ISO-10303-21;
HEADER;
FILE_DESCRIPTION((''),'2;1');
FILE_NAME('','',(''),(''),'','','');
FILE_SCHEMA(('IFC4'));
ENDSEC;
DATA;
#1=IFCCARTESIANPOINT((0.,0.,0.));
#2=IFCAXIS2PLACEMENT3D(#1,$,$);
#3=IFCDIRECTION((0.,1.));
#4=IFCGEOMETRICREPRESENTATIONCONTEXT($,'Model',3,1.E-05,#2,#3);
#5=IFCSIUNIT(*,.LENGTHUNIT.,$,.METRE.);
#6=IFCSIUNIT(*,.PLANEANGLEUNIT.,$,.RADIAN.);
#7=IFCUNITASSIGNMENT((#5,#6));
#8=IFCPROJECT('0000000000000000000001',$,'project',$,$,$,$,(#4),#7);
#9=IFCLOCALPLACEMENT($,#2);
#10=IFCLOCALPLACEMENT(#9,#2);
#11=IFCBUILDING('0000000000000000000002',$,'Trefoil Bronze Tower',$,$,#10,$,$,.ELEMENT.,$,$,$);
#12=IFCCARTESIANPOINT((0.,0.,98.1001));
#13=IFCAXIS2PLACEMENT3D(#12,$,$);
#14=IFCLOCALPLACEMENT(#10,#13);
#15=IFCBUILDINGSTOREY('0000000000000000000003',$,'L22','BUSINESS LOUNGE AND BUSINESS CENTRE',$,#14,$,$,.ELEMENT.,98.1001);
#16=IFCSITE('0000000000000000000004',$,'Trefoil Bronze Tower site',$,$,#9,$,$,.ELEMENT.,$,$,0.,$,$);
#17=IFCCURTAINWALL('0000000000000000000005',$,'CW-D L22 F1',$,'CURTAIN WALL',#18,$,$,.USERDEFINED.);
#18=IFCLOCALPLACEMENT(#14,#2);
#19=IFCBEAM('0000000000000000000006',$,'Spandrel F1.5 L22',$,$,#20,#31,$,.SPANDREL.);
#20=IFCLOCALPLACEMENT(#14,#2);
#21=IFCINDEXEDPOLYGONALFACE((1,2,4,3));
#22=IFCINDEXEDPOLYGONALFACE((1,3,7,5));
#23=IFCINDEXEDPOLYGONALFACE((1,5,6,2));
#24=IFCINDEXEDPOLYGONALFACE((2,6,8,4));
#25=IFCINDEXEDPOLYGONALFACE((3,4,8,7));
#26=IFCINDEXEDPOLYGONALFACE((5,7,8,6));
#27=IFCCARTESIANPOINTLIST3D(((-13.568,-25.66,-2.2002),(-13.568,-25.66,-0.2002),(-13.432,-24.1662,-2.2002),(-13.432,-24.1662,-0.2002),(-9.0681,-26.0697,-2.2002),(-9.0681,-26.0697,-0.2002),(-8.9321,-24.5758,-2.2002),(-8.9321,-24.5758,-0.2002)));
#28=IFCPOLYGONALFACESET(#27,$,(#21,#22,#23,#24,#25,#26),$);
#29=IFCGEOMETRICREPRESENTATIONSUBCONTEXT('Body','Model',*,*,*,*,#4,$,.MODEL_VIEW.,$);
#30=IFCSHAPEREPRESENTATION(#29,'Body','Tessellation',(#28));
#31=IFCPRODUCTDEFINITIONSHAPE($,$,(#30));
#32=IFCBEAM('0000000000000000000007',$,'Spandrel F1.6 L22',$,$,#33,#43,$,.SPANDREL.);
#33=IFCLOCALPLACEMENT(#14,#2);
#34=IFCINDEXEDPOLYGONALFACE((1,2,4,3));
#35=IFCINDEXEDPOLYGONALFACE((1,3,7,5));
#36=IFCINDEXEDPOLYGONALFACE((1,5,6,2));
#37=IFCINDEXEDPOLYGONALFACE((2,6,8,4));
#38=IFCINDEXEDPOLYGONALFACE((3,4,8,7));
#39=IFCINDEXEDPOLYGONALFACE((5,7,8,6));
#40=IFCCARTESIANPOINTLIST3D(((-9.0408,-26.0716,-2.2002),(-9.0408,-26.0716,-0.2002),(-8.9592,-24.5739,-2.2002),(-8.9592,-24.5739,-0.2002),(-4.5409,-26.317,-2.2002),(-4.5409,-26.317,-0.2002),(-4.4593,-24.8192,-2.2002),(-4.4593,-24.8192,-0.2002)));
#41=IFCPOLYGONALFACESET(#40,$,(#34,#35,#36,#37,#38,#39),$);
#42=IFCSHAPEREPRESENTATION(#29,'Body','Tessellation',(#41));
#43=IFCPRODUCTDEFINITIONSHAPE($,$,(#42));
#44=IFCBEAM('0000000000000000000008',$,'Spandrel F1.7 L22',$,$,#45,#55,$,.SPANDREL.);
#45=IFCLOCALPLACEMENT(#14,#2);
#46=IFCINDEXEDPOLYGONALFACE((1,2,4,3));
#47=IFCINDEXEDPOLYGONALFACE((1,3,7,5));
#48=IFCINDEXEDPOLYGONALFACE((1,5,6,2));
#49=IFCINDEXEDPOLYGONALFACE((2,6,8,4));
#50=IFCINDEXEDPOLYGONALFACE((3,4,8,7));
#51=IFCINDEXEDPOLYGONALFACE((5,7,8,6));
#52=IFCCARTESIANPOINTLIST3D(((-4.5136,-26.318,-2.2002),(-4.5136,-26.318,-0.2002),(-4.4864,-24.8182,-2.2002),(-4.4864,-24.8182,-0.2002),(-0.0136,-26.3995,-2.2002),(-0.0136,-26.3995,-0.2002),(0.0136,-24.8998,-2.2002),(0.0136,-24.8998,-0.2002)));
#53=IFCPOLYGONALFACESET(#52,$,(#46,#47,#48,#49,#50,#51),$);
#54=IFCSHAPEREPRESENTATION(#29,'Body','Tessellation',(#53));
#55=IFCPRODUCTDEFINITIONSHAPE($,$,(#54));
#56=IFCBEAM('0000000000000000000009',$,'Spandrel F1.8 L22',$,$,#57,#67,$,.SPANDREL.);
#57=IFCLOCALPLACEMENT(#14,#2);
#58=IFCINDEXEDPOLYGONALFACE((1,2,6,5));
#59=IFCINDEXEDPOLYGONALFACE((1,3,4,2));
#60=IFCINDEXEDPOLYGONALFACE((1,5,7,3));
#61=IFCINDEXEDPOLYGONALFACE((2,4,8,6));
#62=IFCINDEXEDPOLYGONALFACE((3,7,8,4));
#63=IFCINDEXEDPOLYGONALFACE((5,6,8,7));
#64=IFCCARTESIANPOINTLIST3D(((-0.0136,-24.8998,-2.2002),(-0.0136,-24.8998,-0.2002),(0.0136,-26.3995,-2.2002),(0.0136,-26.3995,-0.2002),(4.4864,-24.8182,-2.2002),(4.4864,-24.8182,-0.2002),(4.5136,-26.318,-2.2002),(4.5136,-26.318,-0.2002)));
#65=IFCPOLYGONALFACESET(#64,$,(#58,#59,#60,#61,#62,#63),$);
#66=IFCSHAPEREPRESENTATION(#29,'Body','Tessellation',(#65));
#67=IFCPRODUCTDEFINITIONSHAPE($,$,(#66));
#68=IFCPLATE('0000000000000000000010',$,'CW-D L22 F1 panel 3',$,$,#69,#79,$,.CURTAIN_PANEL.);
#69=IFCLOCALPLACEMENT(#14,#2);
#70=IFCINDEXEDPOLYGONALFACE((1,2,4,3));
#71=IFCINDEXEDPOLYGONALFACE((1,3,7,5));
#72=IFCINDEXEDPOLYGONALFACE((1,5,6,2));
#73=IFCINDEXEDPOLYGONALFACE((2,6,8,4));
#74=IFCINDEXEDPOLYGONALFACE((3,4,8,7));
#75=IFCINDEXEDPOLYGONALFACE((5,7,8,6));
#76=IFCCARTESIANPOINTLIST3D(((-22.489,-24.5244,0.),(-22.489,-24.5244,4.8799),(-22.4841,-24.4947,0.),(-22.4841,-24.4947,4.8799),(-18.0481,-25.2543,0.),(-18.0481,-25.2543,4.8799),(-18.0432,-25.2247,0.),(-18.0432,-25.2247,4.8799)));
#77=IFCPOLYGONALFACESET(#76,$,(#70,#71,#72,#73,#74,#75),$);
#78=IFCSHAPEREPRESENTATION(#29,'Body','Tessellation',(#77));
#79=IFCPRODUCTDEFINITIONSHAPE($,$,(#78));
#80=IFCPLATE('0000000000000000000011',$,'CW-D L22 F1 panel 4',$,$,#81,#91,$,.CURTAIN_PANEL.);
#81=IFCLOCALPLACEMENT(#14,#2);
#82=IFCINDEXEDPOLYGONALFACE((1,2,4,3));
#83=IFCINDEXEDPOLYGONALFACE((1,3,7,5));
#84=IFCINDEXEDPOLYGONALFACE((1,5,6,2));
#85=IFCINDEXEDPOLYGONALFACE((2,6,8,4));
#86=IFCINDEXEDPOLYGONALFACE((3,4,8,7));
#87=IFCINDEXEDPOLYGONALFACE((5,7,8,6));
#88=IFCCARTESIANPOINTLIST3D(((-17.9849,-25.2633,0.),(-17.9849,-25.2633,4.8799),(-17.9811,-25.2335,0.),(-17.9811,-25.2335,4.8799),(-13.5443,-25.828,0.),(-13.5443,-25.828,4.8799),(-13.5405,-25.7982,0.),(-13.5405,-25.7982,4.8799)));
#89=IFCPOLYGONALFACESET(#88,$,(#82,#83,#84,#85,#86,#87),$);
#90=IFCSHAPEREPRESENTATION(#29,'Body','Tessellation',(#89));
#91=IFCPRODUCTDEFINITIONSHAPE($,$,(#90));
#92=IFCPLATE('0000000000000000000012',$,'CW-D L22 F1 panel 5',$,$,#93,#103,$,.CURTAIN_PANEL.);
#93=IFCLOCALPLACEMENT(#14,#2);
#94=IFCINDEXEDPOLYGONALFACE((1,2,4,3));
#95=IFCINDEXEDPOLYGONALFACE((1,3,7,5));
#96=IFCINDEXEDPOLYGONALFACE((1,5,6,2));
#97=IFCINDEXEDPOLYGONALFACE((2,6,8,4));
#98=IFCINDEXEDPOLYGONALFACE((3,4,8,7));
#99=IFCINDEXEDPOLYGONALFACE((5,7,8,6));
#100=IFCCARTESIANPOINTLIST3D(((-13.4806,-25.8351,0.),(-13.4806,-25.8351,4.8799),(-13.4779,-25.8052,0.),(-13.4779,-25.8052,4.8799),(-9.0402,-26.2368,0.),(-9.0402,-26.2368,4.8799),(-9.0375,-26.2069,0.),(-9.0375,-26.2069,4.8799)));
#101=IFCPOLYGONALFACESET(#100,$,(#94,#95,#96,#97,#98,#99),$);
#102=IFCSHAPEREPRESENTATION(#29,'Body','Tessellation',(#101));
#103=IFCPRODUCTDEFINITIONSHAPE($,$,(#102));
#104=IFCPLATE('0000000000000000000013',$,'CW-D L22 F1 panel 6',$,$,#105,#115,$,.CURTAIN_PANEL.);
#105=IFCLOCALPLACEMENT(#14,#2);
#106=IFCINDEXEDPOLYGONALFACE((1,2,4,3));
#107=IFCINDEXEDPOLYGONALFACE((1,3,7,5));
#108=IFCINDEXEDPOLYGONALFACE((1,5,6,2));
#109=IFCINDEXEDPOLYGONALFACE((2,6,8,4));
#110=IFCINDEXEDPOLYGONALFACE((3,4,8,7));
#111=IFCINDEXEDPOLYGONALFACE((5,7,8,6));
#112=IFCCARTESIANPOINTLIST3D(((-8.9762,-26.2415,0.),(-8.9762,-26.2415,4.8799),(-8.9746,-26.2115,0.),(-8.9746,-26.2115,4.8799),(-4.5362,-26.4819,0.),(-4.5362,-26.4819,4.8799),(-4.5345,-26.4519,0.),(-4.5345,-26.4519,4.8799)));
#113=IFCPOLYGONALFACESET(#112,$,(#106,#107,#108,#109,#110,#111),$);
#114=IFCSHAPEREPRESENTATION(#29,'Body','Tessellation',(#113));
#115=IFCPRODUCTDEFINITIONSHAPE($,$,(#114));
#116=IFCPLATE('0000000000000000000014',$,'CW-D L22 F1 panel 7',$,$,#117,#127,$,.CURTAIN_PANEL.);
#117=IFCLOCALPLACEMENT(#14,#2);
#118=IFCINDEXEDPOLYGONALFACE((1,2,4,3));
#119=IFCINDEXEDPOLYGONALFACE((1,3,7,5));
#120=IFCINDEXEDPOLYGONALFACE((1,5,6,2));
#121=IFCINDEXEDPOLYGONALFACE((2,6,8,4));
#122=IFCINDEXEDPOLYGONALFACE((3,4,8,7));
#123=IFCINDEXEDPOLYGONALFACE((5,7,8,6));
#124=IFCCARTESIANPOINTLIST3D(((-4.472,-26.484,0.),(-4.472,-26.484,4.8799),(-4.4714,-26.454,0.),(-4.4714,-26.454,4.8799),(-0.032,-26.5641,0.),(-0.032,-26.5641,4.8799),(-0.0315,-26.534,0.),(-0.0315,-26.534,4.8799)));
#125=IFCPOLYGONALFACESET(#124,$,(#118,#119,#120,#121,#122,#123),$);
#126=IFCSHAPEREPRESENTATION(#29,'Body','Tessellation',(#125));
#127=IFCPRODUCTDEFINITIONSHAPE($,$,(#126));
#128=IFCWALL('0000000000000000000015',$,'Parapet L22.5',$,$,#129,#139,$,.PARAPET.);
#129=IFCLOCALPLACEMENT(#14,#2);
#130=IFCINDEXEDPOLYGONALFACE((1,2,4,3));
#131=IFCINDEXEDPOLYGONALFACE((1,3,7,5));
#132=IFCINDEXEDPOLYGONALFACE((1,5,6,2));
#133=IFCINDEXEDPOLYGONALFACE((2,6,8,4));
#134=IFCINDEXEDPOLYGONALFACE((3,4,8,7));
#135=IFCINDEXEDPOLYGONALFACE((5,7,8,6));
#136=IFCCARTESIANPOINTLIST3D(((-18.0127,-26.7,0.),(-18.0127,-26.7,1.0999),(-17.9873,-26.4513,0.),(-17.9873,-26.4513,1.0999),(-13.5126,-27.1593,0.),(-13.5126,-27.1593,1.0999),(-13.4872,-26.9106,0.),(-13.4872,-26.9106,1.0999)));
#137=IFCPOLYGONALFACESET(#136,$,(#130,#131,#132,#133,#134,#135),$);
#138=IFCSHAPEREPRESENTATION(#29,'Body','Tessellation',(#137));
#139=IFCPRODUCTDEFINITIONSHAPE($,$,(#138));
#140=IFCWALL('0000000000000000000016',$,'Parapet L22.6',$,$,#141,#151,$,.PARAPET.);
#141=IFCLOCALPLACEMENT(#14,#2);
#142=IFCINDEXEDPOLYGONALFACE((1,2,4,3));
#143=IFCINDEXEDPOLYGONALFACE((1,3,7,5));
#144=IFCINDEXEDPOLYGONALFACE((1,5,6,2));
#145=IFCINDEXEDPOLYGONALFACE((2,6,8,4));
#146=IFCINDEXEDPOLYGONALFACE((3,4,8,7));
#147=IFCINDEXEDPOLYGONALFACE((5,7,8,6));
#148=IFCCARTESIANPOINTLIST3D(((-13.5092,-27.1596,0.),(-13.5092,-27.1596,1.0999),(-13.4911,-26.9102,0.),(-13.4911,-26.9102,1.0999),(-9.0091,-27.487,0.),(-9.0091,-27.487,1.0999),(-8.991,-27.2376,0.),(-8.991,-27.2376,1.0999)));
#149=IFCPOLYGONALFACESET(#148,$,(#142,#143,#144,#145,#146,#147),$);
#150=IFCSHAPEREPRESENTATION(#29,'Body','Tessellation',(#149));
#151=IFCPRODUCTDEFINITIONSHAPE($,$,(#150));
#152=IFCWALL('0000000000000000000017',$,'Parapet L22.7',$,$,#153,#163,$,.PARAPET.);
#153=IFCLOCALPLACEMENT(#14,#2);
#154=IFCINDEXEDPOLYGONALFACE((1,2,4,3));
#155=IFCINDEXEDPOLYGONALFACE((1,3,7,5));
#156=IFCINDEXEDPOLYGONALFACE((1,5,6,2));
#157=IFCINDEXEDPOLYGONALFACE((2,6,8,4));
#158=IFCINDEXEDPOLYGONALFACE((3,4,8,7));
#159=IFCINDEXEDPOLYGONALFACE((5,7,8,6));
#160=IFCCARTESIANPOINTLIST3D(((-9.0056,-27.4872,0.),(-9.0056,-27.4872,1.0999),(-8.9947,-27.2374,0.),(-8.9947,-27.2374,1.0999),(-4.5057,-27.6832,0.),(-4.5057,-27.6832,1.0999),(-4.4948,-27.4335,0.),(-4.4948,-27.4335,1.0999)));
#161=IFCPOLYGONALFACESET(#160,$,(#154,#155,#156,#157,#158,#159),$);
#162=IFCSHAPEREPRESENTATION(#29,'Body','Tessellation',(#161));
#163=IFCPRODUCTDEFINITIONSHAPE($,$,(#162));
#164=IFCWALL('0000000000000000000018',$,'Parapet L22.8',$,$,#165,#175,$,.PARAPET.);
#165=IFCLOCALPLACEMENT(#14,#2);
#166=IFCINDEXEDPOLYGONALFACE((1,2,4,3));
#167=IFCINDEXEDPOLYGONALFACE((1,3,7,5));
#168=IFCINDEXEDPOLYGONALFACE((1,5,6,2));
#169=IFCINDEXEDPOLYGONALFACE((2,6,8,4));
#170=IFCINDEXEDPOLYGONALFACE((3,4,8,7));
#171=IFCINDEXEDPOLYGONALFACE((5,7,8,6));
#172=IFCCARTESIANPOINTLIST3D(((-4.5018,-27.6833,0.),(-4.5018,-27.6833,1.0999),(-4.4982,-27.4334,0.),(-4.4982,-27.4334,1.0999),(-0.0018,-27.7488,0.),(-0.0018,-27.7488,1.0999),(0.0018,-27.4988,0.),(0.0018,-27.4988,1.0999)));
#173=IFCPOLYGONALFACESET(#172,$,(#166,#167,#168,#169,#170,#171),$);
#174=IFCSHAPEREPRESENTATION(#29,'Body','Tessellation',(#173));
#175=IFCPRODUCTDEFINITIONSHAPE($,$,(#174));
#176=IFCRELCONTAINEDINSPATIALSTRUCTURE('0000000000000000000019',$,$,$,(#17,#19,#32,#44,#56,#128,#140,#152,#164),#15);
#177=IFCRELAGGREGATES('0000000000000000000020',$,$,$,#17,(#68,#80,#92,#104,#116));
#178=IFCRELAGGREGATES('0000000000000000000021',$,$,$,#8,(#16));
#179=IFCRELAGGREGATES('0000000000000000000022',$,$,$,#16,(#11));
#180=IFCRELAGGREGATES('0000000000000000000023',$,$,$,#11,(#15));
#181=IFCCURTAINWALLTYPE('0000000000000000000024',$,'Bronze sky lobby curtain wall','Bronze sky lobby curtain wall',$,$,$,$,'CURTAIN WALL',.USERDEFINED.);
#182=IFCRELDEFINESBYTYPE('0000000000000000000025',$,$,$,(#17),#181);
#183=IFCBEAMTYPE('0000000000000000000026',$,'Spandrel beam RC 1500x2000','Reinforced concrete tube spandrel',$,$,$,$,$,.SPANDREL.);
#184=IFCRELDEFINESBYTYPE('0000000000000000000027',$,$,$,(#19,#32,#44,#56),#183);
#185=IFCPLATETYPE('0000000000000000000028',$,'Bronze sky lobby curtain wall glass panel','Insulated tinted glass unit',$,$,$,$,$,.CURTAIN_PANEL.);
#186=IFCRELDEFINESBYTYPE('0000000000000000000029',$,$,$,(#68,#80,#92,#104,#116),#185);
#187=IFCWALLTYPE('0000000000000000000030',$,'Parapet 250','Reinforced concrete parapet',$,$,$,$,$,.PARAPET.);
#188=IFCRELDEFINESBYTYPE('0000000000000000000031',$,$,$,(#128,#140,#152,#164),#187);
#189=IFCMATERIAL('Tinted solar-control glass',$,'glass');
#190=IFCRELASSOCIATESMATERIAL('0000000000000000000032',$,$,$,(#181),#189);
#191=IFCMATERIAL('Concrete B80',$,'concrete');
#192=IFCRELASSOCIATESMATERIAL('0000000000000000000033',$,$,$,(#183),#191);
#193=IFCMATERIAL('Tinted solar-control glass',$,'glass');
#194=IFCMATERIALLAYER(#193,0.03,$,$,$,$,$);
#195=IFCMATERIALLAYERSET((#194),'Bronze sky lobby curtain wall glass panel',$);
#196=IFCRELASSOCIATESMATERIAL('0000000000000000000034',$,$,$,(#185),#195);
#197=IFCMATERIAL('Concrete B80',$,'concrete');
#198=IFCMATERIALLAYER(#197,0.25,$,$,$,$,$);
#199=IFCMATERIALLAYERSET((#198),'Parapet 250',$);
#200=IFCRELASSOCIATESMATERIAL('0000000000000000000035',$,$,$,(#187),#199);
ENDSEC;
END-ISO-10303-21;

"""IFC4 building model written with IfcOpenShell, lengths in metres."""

from ifc_helpers import new_model, si_unit, direction, frame, frame_2d, origin, origin_2d, place, context, subcontext, project, spatial, rectangle, extrude, material, layer, layer_set, material_profile, profile_set, type_object, element, aggregate, save


model = new_model("IFC4")

# Units and contexts
model_context = context("Model", 3, precision=1e-05, world=origin(), true_north=direction((0.0, 1.0)))
body_context = subcontext(model_context, "Body", "Model", "MODEL_VIEW")
ifc_project = project(units=[si_unit("LENGTHUNIT", "METRE"), si_unit("PLANEANGLEUNIT", "RADIAN")], contexts=[model_context])

# Site, building, storey
site_placement = place(None, origin())
site = spatial("IfcSite", under=ifc_project, at=site_placement, Name="Trefoil Bronze Tower site", CompositionType="ELEMENT", RefElevation=0.0)
building_placement = place(site_placement, origin())
building = spatial("IfcBuilding", under=site, at=building_placement, Name="Trefoil Bronze Tower", CompositionType="ELEMENT")
storey_placement = place(building_placement, frame((0.0, 0.0, 98.1001)))
storey = spatial("IfcBuildingStorey", under=building, at=storey_placement, Name="L22", Description="BUSINESS LOUNGE AND BUSINESS CENTRE", CompositionType="ELEMENT", Elevation=98.1001)

# Curtain wall
ifc_material_1 = material(Name="Tinted solar-control glass", Category="glass")
curtain_wall_type = type_object("IfcCurtainWallType", Name="Bronze sky lobby curtain wall", Description="Bronze sky lobby curtain wall", ElementType="CURTAIN WALL", PredefinedType="USERDEFINED", material=ifc_material_1)
curtain_wall_placement = place(storey_placement, origin())
curtain_wall = element("IfcCurtainWall", 1, at=curtain_wall_placement, inside=storey, type_object=curtain_wall_type, Name="CW-D L22 F1", ObjectType="CURTAIN WALL", PredefinedType="USERDEFINED")

# Beams
ifc_material_2 = material(Name="Concrete B80", Category="concrete")
ifc_material_profile_1 = material_profile(ifc_material_2, rectangle(XDim=1.5, YDim=2.0, at=origin_2d()), Name="RC 1500x2000")
ifc_profile_set_1 = profile_set([ifc_material_profile_1], Name="Concrete B80")
beam_type_1 = type_object("IfcBeamType", Name="Spandrel beam RC 1500x2000", Description="Reinforced concrete tube spandrel", PredefinedType="SPANDREL", material=ifc_profile_set_1)
beam_1_placement = place(storey_placement, frame((-13.5, -24.9131, -1.2002), z_axis=(0.995882, -0.090662, 0.0), x_axis=(0.090662, 0.995882, 0.0)))
element("IfcBeam", 2, at=beam_1_placement, inside=storey, type_object=beam_type_1, Name="Spandrel F1.5 L22", PredefinedType="SPANDREL", context=body_context, shape_type="SweptSolid", body=[
    extrude(rectangle(XDim=1.5, YDim=2.0, at=origin_2d()), origin(), (0.0, 0.0, 1.0), 4.5186),
])
beam_2_placement = place(storey_placement, frame((-9.0, -25.3228, -1.2002), z_axis=(0.998517, -0.054444, 0.0), x_axis=(0.054444, 0.998517, 0.0)))
element("IfcBeam", 3, at=beam_2_placement, inside=storey, type_object=beam_type_1, Name="Spandrel F1.6 L22", PredefinedType="SPANDREL", context=body_context, shape_type="SweptSolid", body=[
    extrude(rectangle(XDim=1.5, YDim=2.0, at=origin_2d()), origin(), (0.0, 0.0, 1.0), 4.5066),
])
for number, where, z_axis, x_axis, name in (
    (4, (-4.5, -25.5681, -1.2002), (0.999836, -0.018118, 0.0), (0.018118, 0.999836, 0.0), "Spandrel F1.7 L22"),
    (5, (0.0, -25.6497, -1.2002), (0.999836, 0.018118, 0.0), (-0.018118, 0.999836, 0.0), "Spandrel F1.8 L22"),
):
    element("IfcBeam", number, at=place(storey_placement, frame(where, z_axis=z_axis, x_axis=x_axis)), inside=storey, type_object=beam_type_1, Name=name, PredefinedType="SPANDREL", context=body_context, shape_type="SweptSolid", body=[
        extrude(rectangle(XDim=1.5, YDim=2.0, at=origin_2d()), origin(), (0.0, 0.0, 1.0), 4.5007),
    ])

# Plates
ifc_material_3 = material(Name="Tinted solar-control glass", Category="glass")
ifc_layer_1 = layer(ifc_material_3, 0.03)
ifc_layer_set_1 = layer_set([ifc_layer_1], Name="Bronze sky lobby curtain wall glass panel")
plate_type = type_object("IfcPlateType", Name="Bronze sky lobby curtain wall glass panel", Description="Insulated tinted glass unit", PredefinedType="CURTAIN_PANEL", material=ifc_layer_set_1)
plate_1_placement = place(storey_placement, frame((-20.2661, -24.8745, 0.0), z_axis=(0.0, 0.0, 1.0), x_axis=(0.98676, -0.162189, 0.0)))
plate_1 = element("IfcPlate", 6, at=plate_1_placement, type_object=plate_type, Name="CW-D L22 F1 panel 3", PredefinedType="CURTAIN_PANEL", context=body_context, shape_type="SweptSolid", body=[
    extrude(rectangle(XDim=4.5005, YDim=0.03, at=origin_2d()), origin(), (0.0, 0.0, 1.0), 4.8799),
])
plate_2_placement = place(storey_placement, frame((-15.7627, -25.5308, 0.0), z_axis=(0.0, 0.0, 1.0), x_axis=(0.992012, -0.126147, 0.0)))
plate_2 = element("IfcPlate", 7, at=plate_2_placement, type_object=plate_type, Name="CW-D L22 F1 panel 4", PredefinedType="CURTAIN_PANEL", context=body_context, shape_type="SweptSolid", body=[
    extrude(rectangle(XDim=4.4763, YDim=0.03, at=origin_2d()), origin(), (0.0, 0.0, 1.0), 4.8799),
])
plate_3_placement = place(storey_placement, frame((-11.259, -26.021, 0.0), z_axis=(0.0, 0.0, 1.0), x_axis=(0.995932, -0.090105, 0.0)))
plate_3 = element("IfcPlate", 8, at=plate_3_placement, type_object=plate_type, Name="CW-D L22 F1 panel 5", PredefinedType="CURTAIN_PANEL", context=body_context, shape_type="SweptSolid", body=[
    extrude(rectangle(XDim=4.4585, YDim=0.03, at=origin_2d()), origin(), (0.0, 0.0, 1.0), 4.8799),
])
plate_4_placement = place(storey_placement, frame((-6.7554, -26.3467, 0.0), z_axis=(0.0, 0.0, 1.0), x_axis=(0.998538, -0.054063, 0.0)))
plate_4 = element("IfcPlate", 9, at=plate_4_placement, type_object=plate_type, Name="CW-D L22 F1 panel 6", PredefinedType="CURTAIN_PANEL", context=body_context, shape_type="SweptSolid", body=[
    extrude(rectangle(XDim=4.4465, YDim=0.03, at=origin_2d()), origin(), (0.0, 0.0, 1.0), 4.8799),
])
plate_5_placement = place(storey_placement, frame((-2.2517, -26.509, 0.0), z_axis=(0.0, 0.0, 1.0), x_axis=(0.999838, -0.018021, 0.0)))
plate_5 = element("IfcPlate", 10, at=plate_5_placement, type_object=plate_type, Name="CW-D L22 F1 panel 7", PredefinedType="CURTAIN_PANEL", context=body_context, shape_type="SweptSolid", body=[
    extrude(rectangle(XDim=4.4407, YDim=0.03, at=origin_2d()), origin(), (0.0, 0.0, 1.0), 4.8799),
])
aggregate(curtain_wall, [plate_1, plate_2, plate_3, plate_4, plate_5])

# Walls
ifc_material_4 = material(Name="Concrete B80", Category="concrete")
ifc_layer_2 = layer(ifc_material_4, 0.25)
ifc_layer_set_2 = layer_set([ifc_layer_2], Name="Parapet 250")
wall_type = type_object("IfcWallType", Name="Parapet 250", Description="Reinforced concrete parapet", PredefinedType="PARAPET", material=ifc_layer_set_2)
wall_1_placement = place(storey_placement, frame((-18.0, -26.5757, 0.0), z_axis=(0.0, 0.0, 1.0), x_axis=(0.994833, -0.101523, 0.0)))
element("IfcWall", 11, at=wall_1_placement, inside=storey, type_object=wall_type, Name="Parapet L22.5", PredefinedType="PARAPET", context=body_context, shape_type="SweptSolid", body=[
    extrude(rectangle(XDim=4.5234, YDim=0.25, at=frame_2d((2.2617, 0.0))), origin(), (0.0, 0.0, 1.0), 1.0999),
])
wall_2_placement = place(storey_placement, frame((-13.5, -27.0349, 0.0), z_axis=(0.0, 0.0, 1.0), x_axis=(0.997364, -0.072562, 0.0)))
element("IfcWall", 12, at=wall_2_placement, inside=storey, type_object=wall_type, Name="Parapet L22.6", PredefinedType="PARAPET", context=body_context, shape_type="SweptSolid", body=[
    extrude(rectangle(XDim=4.512, YDim=0.25, at=frame_2d((2.2559, 0.0))), origin(), (0.0, 0.0, 1.0), 1.0999),
])
wall_3_placement = place(storey_placement, frame((-9.0, -27.3623, 0.0), z_axis=(0.0, 0.0, 1.0), x_axis=(0.999052, -0.043524, 0.0)))
element("IfcWall", 13, at=wall_3_placement, inside=storey, type_object=wall_type, Name="Parapet L22.7", PredefinedType="PARAPET", context=body_context, shape_type="SweptSolid", body=[
    extrude(rectangle(XDim=4.5042, YDim=0.25, at=frame_2d((2.252, 0.0))), origin(), (0.0, 0.0, 1.0), 1.0999),
])
wall_4_placement = place(storey_placement, frame((-4.5, -27.5583, 0.0), z_axis=(0.0, 0.0, 1.0), x_axis=(0.999894, -0.014538, 0.0)))
element("IfcWall", 14, at=wall_4_placement, inside=storey, type_object=wall_type, Name="Parapet L22.8", PredefinedType="PARAPET", context=body_context, shape_type="SweptSolid", body=[
    extrude(rectangle(XDim=4.5005, YDim=0.25, at=frame_2d((2.2502, 0.0))), origin(), (0.0, 0.0, 1.0), 1.0999),
])

save(model, "model.ifc")
